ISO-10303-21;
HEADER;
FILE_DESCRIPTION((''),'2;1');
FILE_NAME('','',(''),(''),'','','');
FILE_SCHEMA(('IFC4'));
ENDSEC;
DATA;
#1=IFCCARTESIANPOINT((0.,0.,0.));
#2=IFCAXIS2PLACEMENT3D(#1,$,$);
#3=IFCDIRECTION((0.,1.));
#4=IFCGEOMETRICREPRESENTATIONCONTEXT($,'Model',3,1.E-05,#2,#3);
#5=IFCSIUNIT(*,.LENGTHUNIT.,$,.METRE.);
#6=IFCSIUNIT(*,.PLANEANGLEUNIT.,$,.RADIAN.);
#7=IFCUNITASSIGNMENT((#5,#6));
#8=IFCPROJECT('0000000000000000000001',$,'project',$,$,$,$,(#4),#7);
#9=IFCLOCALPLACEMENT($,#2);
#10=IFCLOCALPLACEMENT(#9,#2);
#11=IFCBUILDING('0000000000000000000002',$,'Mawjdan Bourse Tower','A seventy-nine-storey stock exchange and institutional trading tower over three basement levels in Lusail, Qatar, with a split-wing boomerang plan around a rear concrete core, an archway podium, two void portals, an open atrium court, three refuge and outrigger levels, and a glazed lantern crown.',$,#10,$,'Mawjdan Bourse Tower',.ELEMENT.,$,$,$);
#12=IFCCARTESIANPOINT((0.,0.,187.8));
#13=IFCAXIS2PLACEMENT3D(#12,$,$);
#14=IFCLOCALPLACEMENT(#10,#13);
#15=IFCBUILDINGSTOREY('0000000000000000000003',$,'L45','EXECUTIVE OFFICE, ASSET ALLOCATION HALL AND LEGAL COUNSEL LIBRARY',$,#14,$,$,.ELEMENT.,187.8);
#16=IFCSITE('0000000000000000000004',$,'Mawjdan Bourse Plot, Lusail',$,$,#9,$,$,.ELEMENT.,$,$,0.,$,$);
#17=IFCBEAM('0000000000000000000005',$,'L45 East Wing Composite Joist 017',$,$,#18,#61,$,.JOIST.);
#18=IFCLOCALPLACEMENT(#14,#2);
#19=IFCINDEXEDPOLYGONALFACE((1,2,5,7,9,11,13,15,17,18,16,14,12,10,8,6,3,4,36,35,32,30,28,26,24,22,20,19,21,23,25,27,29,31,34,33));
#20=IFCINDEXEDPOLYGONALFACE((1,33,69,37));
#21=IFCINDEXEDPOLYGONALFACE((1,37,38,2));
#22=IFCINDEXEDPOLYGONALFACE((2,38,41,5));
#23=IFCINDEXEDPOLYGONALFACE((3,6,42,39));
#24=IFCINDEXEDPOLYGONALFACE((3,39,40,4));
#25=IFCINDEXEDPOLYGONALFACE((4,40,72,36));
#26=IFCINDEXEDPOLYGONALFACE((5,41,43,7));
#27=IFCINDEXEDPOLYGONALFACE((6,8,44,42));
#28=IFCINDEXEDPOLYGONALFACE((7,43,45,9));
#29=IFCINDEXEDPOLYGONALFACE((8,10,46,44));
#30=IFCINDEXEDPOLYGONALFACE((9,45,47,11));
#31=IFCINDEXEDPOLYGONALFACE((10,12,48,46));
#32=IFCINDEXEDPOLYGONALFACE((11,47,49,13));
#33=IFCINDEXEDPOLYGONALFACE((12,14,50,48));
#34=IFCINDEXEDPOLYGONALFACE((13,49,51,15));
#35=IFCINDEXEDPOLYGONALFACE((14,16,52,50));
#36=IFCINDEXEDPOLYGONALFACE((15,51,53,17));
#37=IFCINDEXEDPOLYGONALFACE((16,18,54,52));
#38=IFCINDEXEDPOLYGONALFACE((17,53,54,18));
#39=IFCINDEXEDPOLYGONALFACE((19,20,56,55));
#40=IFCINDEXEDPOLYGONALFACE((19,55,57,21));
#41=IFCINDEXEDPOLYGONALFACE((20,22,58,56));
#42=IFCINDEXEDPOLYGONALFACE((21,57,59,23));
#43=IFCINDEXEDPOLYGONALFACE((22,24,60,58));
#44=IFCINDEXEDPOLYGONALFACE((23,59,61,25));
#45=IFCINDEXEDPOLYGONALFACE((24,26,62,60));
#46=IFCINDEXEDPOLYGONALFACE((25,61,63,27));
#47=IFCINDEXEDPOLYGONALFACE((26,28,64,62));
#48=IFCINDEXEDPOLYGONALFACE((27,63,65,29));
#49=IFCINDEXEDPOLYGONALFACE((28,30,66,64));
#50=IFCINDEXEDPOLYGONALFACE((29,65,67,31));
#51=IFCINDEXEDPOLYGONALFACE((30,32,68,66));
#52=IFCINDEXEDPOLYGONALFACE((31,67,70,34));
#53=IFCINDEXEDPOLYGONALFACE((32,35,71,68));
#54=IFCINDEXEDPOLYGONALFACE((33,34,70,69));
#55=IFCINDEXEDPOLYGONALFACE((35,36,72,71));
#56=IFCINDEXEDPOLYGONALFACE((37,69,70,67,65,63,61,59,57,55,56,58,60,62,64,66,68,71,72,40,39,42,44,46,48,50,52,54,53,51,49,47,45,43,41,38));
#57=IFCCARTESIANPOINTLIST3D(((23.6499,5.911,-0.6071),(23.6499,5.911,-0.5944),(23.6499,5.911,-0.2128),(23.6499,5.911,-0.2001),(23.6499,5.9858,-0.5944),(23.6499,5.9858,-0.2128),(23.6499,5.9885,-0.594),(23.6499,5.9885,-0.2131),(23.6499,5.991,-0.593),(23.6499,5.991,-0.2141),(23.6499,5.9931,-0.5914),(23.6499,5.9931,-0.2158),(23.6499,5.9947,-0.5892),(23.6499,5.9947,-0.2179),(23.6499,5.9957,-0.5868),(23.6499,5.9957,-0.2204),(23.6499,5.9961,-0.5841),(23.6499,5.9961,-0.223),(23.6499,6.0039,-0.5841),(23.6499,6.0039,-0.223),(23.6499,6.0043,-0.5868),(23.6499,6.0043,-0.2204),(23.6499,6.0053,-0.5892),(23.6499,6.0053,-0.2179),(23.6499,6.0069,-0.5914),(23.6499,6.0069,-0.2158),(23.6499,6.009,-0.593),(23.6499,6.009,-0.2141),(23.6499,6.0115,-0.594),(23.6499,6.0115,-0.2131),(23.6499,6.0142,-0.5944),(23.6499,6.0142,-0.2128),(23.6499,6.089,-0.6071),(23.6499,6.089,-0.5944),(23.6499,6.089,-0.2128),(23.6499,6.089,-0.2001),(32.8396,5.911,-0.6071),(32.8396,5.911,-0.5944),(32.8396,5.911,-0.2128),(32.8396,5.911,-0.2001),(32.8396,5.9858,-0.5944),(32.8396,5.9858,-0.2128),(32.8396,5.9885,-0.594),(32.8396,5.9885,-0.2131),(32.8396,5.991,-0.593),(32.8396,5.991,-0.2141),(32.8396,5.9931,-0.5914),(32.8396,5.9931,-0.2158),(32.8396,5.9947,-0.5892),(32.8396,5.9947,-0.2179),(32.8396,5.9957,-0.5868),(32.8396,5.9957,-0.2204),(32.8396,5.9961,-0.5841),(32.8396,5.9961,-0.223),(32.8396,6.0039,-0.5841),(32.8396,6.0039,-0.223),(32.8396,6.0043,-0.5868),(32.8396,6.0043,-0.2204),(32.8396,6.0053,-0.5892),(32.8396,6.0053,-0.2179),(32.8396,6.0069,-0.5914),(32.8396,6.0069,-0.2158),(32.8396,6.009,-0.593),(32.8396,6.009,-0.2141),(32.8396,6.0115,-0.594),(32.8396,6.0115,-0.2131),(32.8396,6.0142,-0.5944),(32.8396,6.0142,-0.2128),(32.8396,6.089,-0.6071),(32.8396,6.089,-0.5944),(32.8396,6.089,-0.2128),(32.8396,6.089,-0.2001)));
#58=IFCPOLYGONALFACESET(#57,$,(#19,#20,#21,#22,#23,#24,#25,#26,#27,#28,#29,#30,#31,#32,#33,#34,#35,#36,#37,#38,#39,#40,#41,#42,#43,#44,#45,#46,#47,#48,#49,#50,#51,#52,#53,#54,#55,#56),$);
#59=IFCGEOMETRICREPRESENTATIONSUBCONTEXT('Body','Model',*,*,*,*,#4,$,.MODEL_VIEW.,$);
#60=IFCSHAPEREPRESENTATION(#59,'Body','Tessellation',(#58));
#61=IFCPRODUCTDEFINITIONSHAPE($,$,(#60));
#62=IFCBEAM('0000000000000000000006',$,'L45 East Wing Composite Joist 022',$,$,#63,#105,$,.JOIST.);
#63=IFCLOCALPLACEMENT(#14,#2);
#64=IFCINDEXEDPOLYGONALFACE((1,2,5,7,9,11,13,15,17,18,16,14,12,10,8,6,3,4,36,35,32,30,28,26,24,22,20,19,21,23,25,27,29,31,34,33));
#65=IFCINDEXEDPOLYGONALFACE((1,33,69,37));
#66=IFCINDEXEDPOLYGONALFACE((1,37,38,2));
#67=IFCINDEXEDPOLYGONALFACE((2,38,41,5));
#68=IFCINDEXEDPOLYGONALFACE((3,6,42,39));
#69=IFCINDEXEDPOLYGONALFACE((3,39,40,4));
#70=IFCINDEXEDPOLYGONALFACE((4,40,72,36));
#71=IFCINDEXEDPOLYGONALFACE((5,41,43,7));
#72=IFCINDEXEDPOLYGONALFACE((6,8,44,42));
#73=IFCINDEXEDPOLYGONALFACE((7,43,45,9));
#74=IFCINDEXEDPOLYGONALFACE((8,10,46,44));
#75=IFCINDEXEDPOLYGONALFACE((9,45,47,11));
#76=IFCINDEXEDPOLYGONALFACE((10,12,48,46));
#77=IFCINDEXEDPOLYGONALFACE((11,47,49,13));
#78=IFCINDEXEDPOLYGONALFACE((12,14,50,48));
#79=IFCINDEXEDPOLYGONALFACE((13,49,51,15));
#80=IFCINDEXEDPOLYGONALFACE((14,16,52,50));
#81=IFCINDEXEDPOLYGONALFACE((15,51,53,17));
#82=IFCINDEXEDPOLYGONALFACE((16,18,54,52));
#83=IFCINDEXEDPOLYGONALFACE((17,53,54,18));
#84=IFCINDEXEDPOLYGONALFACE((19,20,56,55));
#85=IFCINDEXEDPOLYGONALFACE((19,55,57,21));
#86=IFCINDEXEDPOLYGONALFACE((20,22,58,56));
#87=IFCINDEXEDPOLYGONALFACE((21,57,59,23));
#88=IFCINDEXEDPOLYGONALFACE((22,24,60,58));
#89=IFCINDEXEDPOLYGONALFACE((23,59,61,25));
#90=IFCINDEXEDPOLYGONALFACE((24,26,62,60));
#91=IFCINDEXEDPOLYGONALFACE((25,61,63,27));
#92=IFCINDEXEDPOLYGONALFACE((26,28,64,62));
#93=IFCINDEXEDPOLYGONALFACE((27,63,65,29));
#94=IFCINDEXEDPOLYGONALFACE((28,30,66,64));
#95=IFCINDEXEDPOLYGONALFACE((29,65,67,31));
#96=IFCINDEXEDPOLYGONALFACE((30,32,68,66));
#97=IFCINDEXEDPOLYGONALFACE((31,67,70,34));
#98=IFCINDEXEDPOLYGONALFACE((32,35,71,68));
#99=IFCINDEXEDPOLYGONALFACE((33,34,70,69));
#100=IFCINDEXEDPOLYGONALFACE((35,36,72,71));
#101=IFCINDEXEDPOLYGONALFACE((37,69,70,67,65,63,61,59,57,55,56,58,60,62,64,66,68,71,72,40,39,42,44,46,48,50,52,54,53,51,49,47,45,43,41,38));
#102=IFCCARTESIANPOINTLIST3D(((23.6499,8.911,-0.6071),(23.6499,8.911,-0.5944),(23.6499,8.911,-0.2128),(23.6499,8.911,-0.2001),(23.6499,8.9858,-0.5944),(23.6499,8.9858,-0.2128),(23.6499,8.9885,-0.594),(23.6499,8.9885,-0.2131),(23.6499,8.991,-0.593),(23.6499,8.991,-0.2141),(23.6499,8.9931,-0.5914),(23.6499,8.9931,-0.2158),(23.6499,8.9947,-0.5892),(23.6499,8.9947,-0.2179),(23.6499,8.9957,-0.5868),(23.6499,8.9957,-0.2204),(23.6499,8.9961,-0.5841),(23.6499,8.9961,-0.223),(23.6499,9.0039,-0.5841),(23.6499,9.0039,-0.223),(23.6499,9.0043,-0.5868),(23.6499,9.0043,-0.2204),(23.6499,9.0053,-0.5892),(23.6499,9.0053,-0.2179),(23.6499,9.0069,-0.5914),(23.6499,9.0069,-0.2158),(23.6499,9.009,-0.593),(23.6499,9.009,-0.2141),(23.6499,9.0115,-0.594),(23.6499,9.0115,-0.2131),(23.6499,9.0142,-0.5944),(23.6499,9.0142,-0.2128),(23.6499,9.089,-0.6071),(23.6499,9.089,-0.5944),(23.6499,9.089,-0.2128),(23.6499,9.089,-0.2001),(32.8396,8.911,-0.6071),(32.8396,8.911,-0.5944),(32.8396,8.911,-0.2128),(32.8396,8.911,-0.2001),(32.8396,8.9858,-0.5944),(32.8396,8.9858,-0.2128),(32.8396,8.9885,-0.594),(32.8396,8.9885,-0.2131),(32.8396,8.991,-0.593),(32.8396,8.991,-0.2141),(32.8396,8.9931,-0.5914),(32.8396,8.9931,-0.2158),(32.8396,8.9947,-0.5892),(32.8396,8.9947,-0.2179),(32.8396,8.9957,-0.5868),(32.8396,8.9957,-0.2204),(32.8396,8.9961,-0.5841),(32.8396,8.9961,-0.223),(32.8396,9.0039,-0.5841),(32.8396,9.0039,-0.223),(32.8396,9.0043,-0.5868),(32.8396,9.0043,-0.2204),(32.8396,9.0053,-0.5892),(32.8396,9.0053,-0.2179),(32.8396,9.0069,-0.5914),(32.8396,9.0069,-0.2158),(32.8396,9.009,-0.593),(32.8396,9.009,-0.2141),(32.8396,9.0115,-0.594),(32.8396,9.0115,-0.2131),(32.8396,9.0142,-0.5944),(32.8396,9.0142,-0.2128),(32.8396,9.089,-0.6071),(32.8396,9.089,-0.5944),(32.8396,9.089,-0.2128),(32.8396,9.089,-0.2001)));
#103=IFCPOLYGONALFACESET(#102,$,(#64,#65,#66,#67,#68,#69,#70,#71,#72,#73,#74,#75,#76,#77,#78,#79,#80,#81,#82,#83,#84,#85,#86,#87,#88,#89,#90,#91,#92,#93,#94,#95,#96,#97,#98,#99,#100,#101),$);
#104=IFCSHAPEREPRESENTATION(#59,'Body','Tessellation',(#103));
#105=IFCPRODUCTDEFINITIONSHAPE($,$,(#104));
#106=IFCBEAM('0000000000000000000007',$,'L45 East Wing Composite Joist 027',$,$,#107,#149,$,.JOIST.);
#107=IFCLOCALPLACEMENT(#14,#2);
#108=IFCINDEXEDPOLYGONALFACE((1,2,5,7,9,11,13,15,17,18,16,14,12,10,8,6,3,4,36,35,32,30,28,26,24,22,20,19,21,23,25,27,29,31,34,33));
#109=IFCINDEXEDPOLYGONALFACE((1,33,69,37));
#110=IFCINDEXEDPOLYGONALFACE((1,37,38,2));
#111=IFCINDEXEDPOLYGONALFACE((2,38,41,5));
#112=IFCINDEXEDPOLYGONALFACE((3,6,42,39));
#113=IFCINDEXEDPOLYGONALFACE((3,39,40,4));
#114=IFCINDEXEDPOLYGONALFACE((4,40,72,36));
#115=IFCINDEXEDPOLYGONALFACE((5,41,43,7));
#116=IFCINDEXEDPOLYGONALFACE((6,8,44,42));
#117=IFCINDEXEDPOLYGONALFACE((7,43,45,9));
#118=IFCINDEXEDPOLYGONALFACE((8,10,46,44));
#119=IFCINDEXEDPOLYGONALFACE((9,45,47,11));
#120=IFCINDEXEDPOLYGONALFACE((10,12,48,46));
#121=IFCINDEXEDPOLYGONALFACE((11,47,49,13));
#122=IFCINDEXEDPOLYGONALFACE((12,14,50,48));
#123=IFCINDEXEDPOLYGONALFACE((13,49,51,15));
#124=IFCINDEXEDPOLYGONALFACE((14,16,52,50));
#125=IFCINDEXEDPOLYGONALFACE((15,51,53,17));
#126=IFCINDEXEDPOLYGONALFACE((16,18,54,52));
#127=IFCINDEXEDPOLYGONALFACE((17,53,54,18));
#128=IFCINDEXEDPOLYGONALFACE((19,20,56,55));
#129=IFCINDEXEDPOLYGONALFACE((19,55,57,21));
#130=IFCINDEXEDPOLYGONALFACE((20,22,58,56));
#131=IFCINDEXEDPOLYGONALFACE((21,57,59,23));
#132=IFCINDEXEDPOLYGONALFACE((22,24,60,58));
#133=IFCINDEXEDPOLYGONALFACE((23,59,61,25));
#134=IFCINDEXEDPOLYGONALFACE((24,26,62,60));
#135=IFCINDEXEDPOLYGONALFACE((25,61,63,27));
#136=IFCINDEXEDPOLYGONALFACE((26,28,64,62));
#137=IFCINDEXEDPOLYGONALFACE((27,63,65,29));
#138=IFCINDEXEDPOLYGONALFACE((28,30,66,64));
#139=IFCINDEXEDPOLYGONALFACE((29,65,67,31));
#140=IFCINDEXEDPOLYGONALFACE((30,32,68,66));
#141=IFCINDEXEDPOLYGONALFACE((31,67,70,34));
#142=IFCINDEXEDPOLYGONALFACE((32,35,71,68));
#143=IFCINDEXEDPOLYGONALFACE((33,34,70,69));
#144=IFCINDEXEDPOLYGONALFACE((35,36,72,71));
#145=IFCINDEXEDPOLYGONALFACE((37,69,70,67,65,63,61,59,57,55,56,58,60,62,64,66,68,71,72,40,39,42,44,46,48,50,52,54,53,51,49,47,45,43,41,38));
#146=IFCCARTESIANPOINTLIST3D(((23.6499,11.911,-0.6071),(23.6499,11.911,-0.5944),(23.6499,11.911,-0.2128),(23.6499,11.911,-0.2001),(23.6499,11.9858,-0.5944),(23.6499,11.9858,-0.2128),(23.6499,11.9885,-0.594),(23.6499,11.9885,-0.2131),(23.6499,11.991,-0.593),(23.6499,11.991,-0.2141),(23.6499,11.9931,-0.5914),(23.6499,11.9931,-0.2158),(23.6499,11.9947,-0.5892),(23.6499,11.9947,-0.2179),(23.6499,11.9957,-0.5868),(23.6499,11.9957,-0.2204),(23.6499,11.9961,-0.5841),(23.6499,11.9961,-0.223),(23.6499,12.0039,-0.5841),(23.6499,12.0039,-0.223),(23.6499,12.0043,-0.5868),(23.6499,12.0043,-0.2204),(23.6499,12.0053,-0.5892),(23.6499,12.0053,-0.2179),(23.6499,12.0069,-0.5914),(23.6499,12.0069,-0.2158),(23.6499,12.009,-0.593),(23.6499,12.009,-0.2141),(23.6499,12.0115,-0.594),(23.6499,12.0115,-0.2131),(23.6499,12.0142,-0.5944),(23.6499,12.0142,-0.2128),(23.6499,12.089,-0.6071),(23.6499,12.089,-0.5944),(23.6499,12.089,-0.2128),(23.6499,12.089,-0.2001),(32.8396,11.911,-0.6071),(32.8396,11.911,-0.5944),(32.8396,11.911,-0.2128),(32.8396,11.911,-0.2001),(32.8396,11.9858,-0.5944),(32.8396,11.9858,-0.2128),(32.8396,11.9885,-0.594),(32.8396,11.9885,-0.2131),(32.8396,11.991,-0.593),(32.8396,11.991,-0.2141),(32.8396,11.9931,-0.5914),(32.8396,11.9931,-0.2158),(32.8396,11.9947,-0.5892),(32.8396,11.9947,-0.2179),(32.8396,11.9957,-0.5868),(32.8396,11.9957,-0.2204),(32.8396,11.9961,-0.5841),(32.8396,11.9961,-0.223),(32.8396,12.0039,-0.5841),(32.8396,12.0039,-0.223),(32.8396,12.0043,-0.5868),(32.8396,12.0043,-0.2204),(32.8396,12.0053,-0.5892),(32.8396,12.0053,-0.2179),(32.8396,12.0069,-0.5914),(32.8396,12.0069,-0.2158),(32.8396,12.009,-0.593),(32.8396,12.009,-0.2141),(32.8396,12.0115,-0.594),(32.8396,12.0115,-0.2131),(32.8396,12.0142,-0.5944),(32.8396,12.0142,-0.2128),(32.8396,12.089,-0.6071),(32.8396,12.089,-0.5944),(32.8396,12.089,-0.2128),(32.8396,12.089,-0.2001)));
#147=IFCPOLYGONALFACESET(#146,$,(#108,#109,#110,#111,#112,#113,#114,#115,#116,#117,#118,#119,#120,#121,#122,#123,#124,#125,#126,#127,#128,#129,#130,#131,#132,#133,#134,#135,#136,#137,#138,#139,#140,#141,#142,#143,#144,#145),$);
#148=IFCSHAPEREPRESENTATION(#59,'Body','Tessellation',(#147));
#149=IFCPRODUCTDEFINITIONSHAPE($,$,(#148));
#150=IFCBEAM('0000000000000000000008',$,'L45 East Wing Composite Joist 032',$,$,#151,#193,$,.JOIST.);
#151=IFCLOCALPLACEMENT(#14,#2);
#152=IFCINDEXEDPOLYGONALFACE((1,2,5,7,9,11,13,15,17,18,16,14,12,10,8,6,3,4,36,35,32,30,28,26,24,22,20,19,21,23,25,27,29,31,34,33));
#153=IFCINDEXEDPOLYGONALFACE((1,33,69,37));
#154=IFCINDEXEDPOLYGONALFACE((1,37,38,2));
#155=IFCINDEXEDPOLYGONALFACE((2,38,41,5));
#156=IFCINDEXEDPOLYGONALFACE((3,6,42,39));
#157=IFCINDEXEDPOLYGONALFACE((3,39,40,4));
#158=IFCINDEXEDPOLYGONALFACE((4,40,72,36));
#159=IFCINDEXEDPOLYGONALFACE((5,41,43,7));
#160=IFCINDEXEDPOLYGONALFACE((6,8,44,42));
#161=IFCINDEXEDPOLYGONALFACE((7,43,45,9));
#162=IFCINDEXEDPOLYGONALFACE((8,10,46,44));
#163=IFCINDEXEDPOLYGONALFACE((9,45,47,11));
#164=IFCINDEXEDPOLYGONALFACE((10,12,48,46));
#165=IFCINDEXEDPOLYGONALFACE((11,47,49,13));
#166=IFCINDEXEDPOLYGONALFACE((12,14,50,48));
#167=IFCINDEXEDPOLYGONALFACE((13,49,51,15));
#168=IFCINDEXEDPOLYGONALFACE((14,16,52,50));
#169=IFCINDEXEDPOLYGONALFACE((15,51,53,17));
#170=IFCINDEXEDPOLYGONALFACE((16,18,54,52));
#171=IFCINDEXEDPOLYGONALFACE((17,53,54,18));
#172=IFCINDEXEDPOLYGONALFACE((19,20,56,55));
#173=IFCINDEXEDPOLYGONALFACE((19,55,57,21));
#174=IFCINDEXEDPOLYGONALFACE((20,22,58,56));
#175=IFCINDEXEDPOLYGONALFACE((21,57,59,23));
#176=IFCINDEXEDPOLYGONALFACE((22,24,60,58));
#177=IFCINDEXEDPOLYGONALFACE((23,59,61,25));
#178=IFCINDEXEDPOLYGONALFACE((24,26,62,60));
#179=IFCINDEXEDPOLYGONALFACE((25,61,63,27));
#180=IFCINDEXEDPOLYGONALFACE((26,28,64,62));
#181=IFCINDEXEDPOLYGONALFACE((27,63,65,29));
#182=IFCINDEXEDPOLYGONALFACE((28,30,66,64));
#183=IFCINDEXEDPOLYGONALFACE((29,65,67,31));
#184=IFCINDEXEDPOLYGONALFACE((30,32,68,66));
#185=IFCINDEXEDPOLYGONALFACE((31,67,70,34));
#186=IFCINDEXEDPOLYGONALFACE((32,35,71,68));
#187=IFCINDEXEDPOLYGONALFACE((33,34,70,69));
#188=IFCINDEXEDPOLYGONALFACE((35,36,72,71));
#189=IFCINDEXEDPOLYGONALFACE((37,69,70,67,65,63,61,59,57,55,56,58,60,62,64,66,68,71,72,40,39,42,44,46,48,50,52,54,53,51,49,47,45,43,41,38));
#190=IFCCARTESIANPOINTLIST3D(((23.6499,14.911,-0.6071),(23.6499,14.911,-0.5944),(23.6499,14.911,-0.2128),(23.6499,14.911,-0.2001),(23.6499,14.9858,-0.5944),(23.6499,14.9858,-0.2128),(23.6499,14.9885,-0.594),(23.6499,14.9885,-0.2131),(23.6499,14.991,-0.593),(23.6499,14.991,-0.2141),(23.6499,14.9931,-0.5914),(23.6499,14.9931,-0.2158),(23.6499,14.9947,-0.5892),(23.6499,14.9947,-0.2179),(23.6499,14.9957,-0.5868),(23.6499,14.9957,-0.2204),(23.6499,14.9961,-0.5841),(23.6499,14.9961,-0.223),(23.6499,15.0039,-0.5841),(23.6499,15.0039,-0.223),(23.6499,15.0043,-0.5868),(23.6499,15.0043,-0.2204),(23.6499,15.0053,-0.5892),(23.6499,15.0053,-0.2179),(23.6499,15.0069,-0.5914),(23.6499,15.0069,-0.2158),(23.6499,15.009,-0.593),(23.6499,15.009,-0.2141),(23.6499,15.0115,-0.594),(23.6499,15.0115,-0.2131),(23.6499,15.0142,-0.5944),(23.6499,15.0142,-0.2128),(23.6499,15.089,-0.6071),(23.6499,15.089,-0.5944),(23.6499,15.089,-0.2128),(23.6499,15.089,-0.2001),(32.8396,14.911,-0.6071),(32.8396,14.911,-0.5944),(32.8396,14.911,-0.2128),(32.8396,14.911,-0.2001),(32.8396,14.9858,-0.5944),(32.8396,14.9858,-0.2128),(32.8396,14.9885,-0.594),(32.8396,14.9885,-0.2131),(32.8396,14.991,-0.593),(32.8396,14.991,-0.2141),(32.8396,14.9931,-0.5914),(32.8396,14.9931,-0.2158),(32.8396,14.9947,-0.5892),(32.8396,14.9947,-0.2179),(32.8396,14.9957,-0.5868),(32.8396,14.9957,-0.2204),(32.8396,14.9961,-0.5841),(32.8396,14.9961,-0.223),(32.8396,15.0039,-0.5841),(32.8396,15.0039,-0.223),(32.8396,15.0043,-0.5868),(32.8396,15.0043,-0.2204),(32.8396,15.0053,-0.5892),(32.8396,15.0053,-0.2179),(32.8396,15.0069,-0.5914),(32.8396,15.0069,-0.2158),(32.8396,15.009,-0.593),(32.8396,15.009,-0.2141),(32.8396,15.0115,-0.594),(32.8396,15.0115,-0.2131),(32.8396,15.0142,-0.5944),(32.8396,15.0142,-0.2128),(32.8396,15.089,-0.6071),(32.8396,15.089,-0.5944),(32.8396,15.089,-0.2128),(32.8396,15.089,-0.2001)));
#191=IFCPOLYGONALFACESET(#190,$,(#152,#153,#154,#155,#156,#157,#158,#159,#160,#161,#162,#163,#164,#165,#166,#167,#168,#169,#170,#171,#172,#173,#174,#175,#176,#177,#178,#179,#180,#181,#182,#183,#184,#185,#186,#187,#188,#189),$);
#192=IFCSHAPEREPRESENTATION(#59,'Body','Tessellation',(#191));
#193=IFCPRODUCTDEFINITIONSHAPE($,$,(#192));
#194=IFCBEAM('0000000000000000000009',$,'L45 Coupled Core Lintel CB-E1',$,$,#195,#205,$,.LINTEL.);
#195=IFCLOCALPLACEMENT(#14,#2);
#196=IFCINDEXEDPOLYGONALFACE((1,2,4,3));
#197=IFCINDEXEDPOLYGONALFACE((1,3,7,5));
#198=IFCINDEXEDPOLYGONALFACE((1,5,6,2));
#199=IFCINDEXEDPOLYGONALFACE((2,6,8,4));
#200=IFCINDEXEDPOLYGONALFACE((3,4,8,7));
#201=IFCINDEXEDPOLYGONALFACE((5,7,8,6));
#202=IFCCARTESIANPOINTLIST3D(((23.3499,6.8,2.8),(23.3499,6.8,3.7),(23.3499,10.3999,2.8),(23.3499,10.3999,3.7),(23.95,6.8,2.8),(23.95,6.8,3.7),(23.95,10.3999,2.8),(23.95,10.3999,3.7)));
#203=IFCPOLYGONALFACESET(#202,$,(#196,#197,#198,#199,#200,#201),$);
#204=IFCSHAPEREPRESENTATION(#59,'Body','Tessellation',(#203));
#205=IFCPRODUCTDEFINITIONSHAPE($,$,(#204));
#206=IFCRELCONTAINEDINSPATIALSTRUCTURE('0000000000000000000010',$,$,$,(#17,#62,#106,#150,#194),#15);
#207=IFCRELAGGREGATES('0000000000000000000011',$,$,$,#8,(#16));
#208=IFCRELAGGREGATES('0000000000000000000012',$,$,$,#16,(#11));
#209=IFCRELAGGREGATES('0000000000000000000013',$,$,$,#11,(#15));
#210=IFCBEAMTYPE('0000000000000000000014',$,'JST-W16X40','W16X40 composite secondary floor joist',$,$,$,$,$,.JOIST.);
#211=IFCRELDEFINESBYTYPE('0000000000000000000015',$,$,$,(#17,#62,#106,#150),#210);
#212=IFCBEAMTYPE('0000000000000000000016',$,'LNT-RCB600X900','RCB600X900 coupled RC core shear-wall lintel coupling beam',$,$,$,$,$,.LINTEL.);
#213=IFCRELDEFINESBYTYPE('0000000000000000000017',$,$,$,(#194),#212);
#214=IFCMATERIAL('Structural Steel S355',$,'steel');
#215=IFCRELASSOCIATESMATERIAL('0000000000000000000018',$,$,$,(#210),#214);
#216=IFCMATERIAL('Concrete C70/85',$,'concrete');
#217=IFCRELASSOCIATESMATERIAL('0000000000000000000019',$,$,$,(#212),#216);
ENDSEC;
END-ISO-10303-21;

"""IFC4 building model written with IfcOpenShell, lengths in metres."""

from ifc_helpers import new_model, si_unit, direction, frame, origin, origin_2d, place, context, subcontext, project, spatial, rectangle, i_section, extrude, material, material_profile, profile_set, type_object, element, save


model = new_model("IFC4")

# Units and contexts
model_context = context("Model", 3, precision=1e-05, world=origin(), true_north=direction((0.0, 1.0)))
body_context = subcontext(model_context, "Body", "Model", "MODEL_VIEW")
ifc_project = project(units=[si_unit("LENGTHUNIT", "METRE"), si_unit("PLANEANGLEUNIT", "RADIAN")], contexts=[model_context])

# Site, building, storey
site_placement = place(None, origin())
site = spatial("IfcSite", under=ifc_project, at=site_placement, Name="Mawjdan Bourse Plot, Lusail", CompositionType="ELEMENT", RefElevation=0.0)
building_placement = place(site_placement, origin())
building = spatial("IfcBuilding", under=site, at=building_placement, Name="Mawjdan Bourse Tower", Description="A seventy-nine-storey stock exchange and institutional trading tower over three basement levels in Lusail, Qatar, with a split-wing boomerang plan around a rear concrete core, an archway podium, two void portals, an open atrium court, three refuge and outrigger levels, and a glazed lantern crown.", LongName="Mawjdan Bourse Tower", CompositionType="ELEMENT")
storey_placement = place(building_placement, frame((0.0, 0.0, 187.8)))
storey = spatial("IfcBuildingStorey", under=building, at=storey_placement, Name="L45", Description="EXECUTIVE OFFICE, ASSET ALLOCATION HALL AND LEGAL COUNSEL LIBRARY", CompositionType="ELEMENT", Elevation=187.8)

# Beams
ifc_material_1 = material(Name="Structural Steel S355", Category="steel")
ifc_material_profile_1 = material_profile(ifc_material_1, i_section(OverallWidth=0.178, OverallDepth=0.407, WebThickness=0.0078, FlangeThickness=0.0127, FilletRadius=0.0103, at=origin_2d()), Name="W16X40")
ifc_profile_set_1 = profile_set([ifc_material_profile_1], Name="Structural Steel S355")
beam_type_1 = type_object("IfcBeamType", Name="JST-W16X40", Description="W16X40 composite secondary floor joist", PredefinedType="JOIST", material=ifc_profile_set_1)
for number, where, z_axis, x_axis, name in (
    (1, (23.6499, 6.0, -0.4036), (1.0, 0.0, 0.0), (0.0, 1.0, 0.0), "L45 East Wing Composite Joist 017"),
    (2, (23.6499, 9.0, -0.4036), (1.0, 0.0, 0.0), (0.0, 1.0, 0.0), "L45 East Wing Composite Joist 022"),
    (3, (23.6499, 12.0, -0.4036), (1.0, 0.0, 0.0), (0.0, 1.0, 0.0), "L45 East Wing Composite Joist 027"),
    (4, (23.6499, 15.0, -0.4036), (1.0, 0.0, 0.0), (0.0, 1.0, 0.0), "L45 East Wing Composite Joist 032"),
):
    element("IfcBeam", number, at=place(storey_placement, frame(where, z_axis=z_axis, x_axis=x_axis)), inside=storey, type_object=beam_type_1, Name=name, PredefinedType="JOIST", context=body_context, shape_type="SweptSolid", body=[
        extrude(i_section(OverallWidth=0.178, OverallDepth=0.407, WebThickness=0.0078, FlangeThickness=0.0127, FilletRadius=0.0103, at=origin_2d()), origin(), (0.0, 0.0, 1.0), 9.1897),
    ])
ifc_material_2 = material(Name="Concrete C70/85", Category="concrete")
ifc_material_profile_2 = material_profile(ifc_material_2, rectangle(XDim=0.6001, YDim=0.8999, at=origin_2d()), Name="RCB600X900")
ifc_profile_set_2 = profile_set([ifc_material_profile_2], Name="Concrete C70/85")
beam_type_2 = type_object("IfcBeamType", Name="LNT-RCB600X900", Description="RCB600X900 coupled RC core shear-wall lintel coupling beam", PredefinedType="LINTEL", material=ifc_profile_set_2)
beam_1_placement = place(storey_placement, frame((23.6499, 6.8, 3.25), z_axis=(0.0, 1.0, 0.0), x_axis=(-1.0, 0.0, 0.0)))
element("IfcBeam", 5, at=beam_1_placement, inside=storey, type_object=beam_type_2, Name="L45 Coupled Core Lintel CB-E1", PredefinedType="LINTEL", context=body_context, shape_type="SweptSolid", body=[
    extrude(rectangle(XDim=0.6001, YDim=0.8999, at=origin_2d()), origin(), (0.0, 0.0, 1.0), 3.5999),
])

save(model, "model.ifc")
